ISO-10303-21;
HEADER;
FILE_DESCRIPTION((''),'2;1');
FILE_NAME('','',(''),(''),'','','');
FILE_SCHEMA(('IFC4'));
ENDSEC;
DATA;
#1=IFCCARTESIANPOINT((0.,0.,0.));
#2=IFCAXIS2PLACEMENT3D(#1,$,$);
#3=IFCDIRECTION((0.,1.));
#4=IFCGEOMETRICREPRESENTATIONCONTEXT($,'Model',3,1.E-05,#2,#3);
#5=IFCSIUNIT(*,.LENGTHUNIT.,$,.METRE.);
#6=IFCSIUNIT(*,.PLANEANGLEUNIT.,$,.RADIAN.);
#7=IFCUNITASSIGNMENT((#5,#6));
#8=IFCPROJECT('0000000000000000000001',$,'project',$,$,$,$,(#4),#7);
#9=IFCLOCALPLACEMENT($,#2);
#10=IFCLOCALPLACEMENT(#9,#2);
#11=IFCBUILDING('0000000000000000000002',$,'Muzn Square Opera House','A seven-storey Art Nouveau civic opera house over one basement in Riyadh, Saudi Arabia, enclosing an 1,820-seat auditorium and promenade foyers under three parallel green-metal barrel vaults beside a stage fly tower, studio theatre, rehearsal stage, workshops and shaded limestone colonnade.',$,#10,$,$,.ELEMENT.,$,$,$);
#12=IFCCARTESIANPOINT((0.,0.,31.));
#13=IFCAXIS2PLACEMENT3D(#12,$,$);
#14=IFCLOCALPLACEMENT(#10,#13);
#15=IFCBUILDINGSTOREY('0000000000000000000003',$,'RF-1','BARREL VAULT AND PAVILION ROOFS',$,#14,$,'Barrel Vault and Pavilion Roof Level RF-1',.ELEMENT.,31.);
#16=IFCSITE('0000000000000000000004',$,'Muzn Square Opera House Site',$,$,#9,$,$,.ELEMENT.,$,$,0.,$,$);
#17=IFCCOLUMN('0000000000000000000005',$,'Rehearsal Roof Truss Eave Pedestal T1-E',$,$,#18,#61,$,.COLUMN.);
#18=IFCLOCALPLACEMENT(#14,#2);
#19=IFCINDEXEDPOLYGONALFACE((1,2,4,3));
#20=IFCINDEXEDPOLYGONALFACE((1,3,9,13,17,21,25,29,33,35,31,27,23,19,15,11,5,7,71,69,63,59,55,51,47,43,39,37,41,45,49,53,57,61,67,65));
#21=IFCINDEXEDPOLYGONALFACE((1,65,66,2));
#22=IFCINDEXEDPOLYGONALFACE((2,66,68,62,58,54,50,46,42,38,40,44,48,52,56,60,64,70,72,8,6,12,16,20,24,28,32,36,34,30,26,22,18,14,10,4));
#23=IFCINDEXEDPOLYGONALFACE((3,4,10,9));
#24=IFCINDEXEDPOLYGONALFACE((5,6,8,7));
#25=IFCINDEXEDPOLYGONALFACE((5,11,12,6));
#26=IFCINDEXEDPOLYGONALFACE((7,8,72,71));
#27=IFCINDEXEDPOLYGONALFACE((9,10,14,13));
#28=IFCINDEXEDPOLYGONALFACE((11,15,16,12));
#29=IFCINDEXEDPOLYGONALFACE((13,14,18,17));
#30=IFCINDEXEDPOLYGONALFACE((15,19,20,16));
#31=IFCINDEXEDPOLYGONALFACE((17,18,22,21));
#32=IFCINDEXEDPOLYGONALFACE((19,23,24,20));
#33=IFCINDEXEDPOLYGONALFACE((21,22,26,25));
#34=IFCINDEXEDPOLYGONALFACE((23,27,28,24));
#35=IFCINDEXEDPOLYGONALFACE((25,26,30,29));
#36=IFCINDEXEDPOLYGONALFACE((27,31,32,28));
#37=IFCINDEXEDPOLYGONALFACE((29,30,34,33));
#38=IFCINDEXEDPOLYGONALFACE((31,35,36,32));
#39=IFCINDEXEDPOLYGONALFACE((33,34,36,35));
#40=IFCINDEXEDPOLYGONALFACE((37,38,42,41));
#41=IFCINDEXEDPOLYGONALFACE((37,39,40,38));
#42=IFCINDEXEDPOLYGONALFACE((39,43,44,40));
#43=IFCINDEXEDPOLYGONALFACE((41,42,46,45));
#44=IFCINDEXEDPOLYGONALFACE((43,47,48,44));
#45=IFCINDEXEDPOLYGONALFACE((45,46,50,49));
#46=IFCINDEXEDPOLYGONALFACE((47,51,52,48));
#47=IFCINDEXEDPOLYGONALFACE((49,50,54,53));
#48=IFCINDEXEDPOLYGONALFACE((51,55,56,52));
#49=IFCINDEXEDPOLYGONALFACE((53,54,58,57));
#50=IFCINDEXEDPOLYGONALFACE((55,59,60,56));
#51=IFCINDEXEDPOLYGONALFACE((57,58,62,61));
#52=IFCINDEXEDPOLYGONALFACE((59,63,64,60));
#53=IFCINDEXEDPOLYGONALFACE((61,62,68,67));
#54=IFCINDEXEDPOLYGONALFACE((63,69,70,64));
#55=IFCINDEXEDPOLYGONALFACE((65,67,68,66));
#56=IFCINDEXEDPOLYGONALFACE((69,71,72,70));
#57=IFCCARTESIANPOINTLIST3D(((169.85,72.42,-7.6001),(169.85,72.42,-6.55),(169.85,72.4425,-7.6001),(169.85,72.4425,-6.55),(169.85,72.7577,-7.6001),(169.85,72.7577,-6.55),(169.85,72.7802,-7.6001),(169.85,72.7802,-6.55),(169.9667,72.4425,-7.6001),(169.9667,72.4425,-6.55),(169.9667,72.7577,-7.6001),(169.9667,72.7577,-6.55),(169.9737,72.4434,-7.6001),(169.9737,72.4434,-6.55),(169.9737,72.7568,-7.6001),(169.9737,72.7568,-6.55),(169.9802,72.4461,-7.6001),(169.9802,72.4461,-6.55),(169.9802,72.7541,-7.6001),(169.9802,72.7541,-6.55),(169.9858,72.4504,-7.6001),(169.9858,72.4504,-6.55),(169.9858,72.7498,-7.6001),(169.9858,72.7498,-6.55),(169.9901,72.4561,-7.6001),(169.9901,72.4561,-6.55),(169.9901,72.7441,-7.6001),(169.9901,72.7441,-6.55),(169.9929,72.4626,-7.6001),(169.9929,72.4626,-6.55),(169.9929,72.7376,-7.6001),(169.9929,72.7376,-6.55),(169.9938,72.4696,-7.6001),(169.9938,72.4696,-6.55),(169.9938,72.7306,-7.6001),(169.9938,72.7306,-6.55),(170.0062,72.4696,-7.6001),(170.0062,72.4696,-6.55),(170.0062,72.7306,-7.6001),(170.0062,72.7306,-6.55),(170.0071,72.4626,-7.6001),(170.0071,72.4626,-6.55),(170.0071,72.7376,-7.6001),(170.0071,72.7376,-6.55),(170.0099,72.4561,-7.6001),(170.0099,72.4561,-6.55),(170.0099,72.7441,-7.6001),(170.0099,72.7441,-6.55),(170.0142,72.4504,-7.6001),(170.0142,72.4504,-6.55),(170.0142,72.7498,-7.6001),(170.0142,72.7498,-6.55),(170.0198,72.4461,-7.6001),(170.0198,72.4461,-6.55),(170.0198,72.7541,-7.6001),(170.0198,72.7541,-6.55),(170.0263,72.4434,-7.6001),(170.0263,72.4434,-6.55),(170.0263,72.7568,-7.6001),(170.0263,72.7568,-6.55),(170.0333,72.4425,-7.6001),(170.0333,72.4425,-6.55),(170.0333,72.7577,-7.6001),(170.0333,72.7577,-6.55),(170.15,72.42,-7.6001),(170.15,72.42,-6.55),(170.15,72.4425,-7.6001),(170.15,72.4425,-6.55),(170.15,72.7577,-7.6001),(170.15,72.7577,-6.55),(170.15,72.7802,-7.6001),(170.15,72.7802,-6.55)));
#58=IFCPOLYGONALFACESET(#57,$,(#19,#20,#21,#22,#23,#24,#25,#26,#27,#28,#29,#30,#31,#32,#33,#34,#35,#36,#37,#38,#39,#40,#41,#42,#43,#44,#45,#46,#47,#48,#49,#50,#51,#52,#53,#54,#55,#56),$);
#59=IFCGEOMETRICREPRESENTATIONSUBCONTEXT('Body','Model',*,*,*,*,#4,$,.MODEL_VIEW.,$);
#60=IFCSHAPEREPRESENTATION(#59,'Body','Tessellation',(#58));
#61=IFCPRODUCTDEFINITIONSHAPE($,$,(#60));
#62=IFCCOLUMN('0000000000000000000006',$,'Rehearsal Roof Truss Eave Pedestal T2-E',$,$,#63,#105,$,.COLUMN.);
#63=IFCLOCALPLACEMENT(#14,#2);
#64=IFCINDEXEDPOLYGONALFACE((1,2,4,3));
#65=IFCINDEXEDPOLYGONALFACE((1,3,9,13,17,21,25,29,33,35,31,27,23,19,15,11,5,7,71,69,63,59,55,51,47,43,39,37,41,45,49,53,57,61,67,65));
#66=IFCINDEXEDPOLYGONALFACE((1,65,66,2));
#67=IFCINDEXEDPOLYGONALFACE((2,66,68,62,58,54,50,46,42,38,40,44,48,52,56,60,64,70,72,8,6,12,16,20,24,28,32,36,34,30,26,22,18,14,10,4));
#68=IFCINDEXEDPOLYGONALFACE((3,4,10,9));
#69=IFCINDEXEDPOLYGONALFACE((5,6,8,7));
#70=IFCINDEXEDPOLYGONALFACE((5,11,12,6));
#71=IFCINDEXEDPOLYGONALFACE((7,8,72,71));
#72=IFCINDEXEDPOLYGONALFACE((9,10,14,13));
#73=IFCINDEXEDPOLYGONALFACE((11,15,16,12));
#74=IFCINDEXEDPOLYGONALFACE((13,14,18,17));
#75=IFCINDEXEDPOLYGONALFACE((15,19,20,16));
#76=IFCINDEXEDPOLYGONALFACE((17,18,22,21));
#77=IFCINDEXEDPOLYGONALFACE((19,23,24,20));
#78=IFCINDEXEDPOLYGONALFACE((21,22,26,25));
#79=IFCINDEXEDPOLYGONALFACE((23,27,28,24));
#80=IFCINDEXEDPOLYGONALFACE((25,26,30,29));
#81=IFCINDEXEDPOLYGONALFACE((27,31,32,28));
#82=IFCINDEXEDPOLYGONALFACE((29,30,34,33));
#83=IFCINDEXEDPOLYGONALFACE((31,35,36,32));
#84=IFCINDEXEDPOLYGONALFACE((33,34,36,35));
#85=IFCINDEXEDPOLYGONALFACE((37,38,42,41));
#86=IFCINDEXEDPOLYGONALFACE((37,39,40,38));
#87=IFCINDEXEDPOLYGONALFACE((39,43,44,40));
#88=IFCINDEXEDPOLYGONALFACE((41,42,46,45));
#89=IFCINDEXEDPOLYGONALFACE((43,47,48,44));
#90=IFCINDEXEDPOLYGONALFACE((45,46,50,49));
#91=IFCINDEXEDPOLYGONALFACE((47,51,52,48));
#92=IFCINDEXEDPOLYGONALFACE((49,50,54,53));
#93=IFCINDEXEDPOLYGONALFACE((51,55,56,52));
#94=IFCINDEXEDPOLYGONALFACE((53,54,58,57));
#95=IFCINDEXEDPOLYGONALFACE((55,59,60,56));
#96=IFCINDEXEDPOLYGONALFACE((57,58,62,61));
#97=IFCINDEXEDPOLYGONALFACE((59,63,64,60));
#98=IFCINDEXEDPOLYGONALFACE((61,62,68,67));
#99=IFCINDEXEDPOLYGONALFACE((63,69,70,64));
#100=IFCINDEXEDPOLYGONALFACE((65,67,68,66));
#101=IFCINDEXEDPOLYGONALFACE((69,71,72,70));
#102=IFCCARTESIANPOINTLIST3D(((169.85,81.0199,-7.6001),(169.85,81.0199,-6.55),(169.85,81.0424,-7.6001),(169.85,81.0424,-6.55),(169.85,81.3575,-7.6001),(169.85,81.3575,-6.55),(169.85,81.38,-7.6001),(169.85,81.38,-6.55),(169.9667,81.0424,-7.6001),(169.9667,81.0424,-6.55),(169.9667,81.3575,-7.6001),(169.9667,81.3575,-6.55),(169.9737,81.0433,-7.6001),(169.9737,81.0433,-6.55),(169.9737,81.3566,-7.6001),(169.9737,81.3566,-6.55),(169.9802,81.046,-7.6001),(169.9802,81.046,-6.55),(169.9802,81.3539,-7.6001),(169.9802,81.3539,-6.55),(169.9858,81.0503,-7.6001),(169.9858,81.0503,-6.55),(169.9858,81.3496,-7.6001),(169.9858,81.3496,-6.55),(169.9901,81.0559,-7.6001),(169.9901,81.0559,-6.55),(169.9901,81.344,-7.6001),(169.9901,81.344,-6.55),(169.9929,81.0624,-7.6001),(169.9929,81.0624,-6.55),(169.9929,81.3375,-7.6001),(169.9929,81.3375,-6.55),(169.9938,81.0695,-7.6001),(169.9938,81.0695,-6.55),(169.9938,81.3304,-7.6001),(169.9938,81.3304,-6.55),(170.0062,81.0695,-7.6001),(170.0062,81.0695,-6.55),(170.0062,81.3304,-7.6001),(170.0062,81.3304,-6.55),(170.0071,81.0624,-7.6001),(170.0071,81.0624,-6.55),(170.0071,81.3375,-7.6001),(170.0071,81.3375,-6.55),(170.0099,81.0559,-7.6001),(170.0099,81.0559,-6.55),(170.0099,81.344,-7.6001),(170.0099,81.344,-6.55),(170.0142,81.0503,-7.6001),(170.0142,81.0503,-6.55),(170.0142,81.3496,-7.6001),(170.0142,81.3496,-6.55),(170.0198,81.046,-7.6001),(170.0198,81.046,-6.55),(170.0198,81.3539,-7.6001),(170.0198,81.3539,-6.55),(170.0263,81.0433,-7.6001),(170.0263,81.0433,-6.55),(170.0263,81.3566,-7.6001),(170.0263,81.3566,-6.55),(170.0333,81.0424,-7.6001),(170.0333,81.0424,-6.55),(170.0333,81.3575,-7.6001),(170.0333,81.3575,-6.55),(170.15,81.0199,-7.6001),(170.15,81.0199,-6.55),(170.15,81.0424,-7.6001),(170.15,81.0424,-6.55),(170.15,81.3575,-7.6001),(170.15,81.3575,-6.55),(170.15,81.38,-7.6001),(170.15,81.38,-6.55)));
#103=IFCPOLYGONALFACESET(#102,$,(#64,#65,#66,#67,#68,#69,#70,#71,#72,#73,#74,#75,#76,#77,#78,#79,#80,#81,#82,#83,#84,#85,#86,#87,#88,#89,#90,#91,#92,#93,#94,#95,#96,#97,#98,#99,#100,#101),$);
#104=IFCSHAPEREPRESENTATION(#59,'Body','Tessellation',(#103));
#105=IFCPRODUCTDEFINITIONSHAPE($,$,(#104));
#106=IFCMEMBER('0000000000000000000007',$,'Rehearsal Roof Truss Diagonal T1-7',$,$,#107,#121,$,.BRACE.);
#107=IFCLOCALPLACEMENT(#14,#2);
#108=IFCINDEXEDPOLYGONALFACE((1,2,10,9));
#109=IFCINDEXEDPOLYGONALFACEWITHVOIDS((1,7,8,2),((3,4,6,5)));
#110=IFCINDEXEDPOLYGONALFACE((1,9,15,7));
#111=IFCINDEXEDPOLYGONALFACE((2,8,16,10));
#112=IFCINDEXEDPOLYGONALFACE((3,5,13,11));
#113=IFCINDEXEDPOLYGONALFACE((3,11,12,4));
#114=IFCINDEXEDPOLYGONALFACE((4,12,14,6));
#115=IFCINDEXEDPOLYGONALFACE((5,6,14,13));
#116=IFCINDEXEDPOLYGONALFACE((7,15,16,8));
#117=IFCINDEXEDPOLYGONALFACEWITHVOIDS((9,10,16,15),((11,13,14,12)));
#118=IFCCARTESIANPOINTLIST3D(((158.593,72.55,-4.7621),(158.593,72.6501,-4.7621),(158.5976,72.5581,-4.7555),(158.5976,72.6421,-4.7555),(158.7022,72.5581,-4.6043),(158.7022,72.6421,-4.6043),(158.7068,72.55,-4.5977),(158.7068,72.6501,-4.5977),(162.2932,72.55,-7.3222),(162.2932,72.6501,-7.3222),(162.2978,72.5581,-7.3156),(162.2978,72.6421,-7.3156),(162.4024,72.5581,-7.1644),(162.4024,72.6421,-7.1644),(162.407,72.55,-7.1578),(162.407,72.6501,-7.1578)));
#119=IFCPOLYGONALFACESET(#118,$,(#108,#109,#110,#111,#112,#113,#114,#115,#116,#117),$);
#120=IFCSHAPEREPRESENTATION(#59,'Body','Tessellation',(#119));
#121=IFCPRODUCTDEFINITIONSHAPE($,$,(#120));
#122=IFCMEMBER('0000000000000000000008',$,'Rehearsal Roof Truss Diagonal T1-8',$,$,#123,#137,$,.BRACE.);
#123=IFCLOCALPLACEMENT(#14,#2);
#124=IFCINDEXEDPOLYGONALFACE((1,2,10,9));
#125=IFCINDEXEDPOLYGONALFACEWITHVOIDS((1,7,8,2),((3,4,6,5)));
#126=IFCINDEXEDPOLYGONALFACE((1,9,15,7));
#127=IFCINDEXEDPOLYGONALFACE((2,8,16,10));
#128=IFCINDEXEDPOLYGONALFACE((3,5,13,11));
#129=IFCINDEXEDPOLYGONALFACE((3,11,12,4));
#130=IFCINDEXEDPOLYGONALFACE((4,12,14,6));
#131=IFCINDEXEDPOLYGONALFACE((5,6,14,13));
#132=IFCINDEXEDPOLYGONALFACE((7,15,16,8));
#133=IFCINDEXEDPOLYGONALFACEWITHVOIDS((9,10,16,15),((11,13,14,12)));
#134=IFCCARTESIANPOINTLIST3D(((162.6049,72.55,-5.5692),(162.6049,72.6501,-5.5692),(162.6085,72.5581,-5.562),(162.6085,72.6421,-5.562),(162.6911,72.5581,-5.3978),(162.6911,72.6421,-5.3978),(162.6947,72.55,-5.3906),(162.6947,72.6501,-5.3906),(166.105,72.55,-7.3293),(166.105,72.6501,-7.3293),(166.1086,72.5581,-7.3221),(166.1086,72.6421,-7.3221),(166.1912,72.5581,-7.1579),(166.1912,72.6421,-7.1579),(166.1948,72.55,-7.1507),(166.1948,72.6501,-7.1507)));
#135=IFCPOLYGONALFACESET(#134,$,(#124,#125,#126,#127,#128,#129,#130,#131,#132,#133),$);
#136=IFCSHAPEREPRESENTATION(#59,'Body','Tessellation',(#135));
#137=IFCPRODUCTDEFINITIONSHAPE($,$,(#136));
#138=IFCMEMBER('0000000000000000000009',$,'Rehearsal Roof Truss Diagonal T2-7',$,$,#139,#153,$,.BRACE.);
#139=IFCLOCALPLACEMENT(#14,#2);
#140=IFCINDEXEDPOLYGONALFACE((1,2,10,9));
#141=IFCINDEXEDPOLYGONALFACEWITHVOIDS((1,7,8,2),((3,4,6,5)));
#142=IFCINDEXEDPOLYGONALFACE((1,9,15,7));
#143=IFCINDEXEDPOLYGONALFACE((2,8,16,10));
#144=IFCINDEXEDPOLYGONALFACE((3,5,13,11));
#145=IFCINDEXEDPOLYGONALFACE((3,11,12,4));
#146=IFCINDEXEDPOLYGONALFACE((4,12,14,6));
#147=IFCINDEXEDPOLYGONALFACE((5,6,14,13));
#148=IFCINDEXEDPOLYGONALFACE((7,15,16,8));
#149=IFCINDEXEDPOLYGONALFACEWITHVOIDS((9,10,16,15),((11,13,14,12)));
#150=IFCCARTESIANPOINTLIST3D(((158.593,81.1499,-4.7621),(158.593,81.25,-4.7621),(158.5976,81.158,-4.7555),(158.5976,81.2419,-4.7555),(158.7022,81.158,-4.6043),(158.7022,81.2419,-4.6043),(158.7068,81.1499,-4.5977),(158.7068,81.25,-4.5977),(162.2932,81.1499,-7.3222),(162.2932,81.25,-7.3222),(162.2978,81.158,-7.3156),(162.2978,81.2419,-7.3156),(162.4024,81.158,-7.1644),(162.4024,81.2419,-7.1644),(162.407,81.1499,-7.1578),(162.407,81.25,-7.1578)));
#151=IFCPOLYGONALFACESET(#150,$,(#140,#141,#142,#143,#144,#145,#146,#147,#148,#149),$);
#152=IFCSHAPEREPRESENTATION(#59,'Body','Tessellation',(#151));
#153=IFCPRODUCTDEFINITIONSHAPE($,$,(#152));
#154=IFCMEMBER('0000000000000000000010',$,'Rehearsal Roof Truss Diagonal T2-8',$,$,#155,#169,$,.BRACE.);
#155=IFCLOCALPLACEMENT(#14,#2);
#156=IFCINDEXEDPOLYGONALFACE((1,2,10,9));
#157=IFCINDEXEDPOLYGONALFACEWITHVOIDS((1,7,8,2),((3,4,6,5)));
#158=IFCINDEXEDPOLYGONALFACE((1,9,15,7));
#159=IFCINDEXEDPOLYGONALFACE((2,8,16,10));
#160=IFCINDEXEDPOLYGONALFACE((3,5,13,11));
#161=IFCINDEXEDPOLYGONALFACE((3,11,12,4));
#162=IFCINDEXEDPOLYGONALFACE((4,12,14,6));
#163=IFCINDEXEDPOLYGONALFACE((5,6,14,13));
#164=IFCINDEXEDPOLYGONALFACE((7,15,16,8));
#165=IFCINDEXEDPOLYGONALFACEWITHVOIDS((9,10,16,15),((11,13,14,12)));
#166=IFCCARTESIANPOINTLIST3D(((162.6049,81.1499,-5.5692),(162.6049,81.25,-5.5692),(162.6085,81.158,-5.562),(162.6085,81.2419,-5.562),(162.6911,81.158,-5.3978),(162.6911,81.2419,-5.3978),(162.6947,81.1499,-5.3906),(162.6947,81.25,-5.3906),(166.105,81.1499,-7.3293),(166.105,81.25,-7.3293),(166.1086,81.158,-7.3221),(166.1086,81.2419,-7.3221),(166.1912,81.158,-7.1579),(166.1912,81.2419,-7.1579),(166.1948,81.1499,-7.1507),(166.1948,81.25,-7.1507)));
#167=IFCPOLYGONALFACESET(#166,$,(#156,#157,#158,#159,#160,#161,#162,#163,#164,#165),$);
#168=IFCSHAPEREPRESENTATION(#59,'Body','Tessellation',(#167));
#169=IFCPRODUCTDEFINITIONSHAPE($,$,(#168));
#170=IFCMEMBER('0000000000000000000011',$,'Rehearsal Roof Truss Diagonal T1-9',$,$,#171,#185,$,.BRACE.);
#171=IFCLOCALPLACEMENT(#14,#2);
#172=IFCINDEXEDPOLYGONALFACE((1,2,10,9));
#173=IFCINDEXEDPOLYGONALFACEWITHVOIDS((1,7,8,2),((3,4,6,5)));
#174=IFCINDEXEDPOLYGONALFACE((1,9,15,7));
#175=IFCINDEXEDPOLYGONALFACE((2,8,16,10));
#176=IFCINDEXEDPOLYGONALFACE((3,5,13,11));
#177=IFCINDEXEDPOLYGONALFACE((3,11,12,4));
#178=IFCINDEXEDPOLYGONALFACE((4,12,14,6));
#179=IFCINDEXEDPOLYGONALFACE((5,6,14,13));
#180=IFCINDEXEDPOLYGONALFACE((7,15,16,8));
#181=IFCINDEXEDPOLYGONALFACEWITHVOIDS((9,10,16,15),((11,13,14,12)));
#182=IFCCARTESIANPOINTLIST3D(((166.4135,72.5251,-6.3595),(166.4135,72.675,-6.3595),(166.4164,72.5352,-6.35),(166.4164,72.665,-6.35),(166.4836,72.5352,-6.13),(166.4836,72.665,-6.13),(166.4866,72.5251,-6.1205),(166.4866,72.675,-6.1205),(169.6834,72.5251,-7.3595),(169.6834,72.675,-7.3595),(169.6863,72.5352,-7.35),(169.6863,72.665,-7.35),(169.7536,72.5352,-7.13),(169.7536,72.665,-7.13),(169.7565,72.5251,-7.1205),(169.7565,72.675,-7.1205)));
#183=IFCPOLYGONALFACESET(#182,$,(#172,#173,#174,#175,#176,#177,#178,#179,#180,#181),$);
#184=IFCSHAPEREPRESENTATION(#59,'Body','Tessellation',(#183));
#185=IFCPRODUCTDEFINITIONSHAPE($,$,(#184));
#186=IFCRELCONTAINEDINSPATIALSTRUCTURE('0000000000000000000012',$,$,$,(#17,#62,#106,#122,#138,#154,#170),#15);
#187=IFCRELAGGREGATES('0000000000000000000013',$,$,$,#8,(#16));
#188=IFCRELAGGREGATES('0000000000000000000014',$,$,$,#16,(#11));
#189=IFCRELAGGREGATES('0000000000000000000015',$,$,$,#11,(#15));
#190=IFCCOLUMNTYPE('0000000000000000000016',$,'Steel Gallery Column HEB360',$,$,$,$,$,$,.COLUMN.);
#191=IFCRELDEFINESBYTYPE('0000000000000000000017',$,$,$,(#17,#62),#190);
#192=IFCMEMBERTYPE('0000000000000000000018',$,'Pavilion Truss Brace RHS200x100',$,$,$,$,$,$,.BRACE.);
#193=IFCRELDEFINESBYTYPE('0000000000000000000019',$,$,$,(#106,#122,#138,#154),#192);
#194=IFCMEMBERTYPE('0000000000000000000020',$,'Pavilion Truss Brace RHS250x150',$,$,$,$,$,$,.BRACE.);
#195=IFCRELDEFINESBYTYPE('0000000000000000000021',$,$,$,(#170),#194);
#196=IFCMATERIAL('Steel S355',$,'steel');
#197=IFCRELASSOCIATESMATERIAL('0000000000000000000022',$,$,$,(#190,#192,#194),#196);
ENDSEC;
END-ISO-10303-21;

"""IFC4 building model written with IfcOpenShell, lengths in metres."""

from ifc_helpers import new_model, si_unit, direction, frame, origin, origin_2d, place, context, subcontext, project, spatial, hollow_rectangle, i_section, extrude, material, material_profile, profile_set, type_object, element, save


model = new_model("IFC4")

# Units and contexts
model_context = context("Model", 3, precision=1e-05, world=origin(), true_north=direction((0.0, 1.0)))
body_context = subcontext(model_context, "Body", "Model", "MODEL_VIEW")
ifc_project = project(units=[si_unit("LENGTHUNIT", "METRE"), si_unit("PLANEANGLEUNIT", "RADIAN")], contexts=[model_context])

# Site, building, storey
site_placement = place(None, origin())
site = spatial("IfcSite", under=ifc_project, at=site_placement, Name="Muzn Square Opera House Site", CompositionType="ELEMENT", RefElevation=0.0)
building_placement = place(site_placement, origin())
building = spatial("IfcBuilding", under=site, at=building_placement, Name="Muzn Square Opera House", Description="A seven-storey Art Nouveau civic opera house over one basement in Riyadh, Saudi Arabia, enclosing an 1,820-seat auditorium and promenade foyers under three parallel green-metal barrel vaults beside a stage fly tower, studio theatre, rehearsal stage, workshops and shaded limestone colonnade.", CompositionType="ELEMENT")
storey_placement = place(building_placement, frame((0.0, 0.0, 31.0)))
storey = spatial("IfcBuildingStorey", under=building, at=storey_placement, Name="RF-1", Description="BARREL VAULT AND PAVILION ROOFS", LongName="Barrel Vault and Pavilion Roof Level RF-1", CompositionType="ELEMENT", Elevation=31.0)

# Columns
ifc_material = material(Name="Steel S355", Category="steel")
ifc_material_profile_1 = material_profile(ifc_material, i_section(OverallWidth=0.3, OverallDepth=0.3601, WebThickness=0.0125, FlangeThickness=0.0225, FilletRadius=0.0271, at=origin_2d()), Name="HEB 360", Category="steel")
ifc_profile_set_1 = profile_set([ifc_material_profile_1], Name="Steel S355")
column_type = type_object("IfcColumnType", Name="Steel Gallery Column HEB360", PredefinedType="COLUMN", material=ifc_profile_set_1)
for number, where, z_axis, x_axis, name in (
    (1, (170.0, 72.6001, -7.6001), (0.0, 0.0, 1.0), (1.0, 0.0, 0.0), "Rehearsal Roof Truss Eave Pedestal T1-E"),
    (2, (170.0, 81.2, -7.6001), (0.0, 0.0, 1.0), (1.0, 0.0, 0.0), "Rehearsal Roof Truss Eave Pedestal T2-E"),
):
    element("IfcColumn", number, at=place(storey_placement, frame(where, z_axis=z_axis, x_axis=x_axis)), inside=storey, type_object=column_type, Name=name, PredefinedType="COLUMN", context=body_context, shape_type="SweptSolid", body=[
        extrude(i_section(OverallWidth=0.3, OverallDepth=0.3601, WebThickness=0.0125, FlangeThickness=0.0225, FilletRadius=0.0271, at=origin_2d()), origin(), (0.0, 0.0, 1.0), 1.05),
    ])

# Members
ifc_material_profile_2 = material_profile(ifc_material, hollow_rectangle(XDim=0.1001, YDim=0.2, WallThickness=0.0081, at=origin_2d()), Name="RHS 200x100x8", Category="steel")
ifc_profile_set_2 = profile_set([ifc_material_profile_2], Name="Steel S355")
member_type_1 = type_object("IfcMemberType", Name="Pavilion Truss Brace RHS200x100", PredefinedType="BRACE", material=ifc_profile_set_2)
member_1_placement = place(storey_placement, frame((162.3501, 72.6001, -7.24), z_axis=(-0.82236, 0.0, 0.568967), x_axis=(0.0, -1.0, 0.0)))
element("IfcMember", 3, at=member_1_placement, inside=storey, type_object=member_type_1, Name="Rehearsal Roof Truss Diagonal T1-7", PredefinedType="BRACE", context=body_context, shape_type="SweptSolid", body=[
    extrude(hollow_rectangle(XDim=0.1001, YDim=0.2, WallThickness=0.0081, at=origin_2d()), origin(), (0.0, 0.0, 1.0), 4.4995),
])
member_2_placement = place(storey_placement, frame((166.1499, 72.6001, -7.24), z_axis=(-0.893403, 0.0, 0.449256), x_axis=(0.0, -1.0, 0.0)))
element("IfcMember", 4, at=member_2_placement, inside=storey, type_object=member_type_1, Name="Rehearsal Roof Truss Diagonal T1-8", PredefinedType="BRACE", context=body_context, shape_type="SweptSolid", body=[
    extrude(hollow_rectangle(XDim=0.1001, YDim=0.2, WallThickness=0.0081, at=origin_2d()), origin(), (0.0, 0.0, 1.0), 3.9177),
])
member_3_placement = place(storey_placement, frame((162.3501, 81.2, -7.24), z_axis=(-0.82236, 0.0, 0.568967), x_axis=(0.0, -1.0, 0.0)))
element("IfcMember", 5, at=member_3_placement, inside=storey, type_object=member_type_1, Name="Rehearsal Roof Truss Diagonal T2-7", PredefinedType="BRACE", context=body_context, shape_type="SweptSolid", body=[
    extrude(hollow_rectangle(XDim=0.1001, YDim=0.2, WallThickness=0.0081, at=origin_2d()), origin(), (0.0, 0.0, 1.0), 4.4995),
])
member_4_placement = place(storey_placement, frame((166.1499, 81.2, -7.24), z_axis=(-0.893403, 0.0, 0.449256), x_axis=(0.0, -1.0, 0.0)))
element("IfcMember", 6, at=member_4_placement, inside=storey, type_object=member_type_1, Name="Rehearsal Roof Truss Diagonal T2-8", PredefinedType="BRACE", context=body_context, shape_type="SweptSolid", body=[
    extrude(hollow_rectangle(XDim=0.1001, YDim=0.2, WallThickness=0.0081, at=origin_2d()), origin(), (0.0, 0.0, 1.0), 3.9177),
])
ifc_material_profile_3 = material_profile(ifc_material, hollow_rectangle(XDim=0.1499, YDim=0.25, WallThickness=0.01, at=origin_2d()), Name="RHS 250x150x10", Category="steel")
ifc_profile_set_3 = profile_set([ifc_material_profile_3], Name="Steel S355")
member_type_2 = type_object("IfcMemberType", Name="Pavilion Truss Brace RHS250x150", PredefinedType="BRACE", material=ifc_profile_set_3)
for number, where, z_axis, x_axis, name in (
    (7, (169.72, 72.6001, -7.24), (-0.956284, 0.0, 0.29244), (0.0, -1.0, 0.0), "Rehearsal Roof Truss Diagonal T1-9"),
):
    element("IfcMember", number, at=place(storey_placement, frame(where, z_axis=z_axis, x_axis=x_axis)), inside=storey, type_object=member_type_2, Name=name, PredefinedType="BRACE", context=body_context, shape_type="SweptSolid", body=[
        extrude(hollow_rectangle(XDim=0.1499, YDim=0.25, WallThickness=0.01, at=origin_2d()), origin(), (0.0, 0.0, 1.0), 3.4194),
    ])

save(model, "model.ifc")
